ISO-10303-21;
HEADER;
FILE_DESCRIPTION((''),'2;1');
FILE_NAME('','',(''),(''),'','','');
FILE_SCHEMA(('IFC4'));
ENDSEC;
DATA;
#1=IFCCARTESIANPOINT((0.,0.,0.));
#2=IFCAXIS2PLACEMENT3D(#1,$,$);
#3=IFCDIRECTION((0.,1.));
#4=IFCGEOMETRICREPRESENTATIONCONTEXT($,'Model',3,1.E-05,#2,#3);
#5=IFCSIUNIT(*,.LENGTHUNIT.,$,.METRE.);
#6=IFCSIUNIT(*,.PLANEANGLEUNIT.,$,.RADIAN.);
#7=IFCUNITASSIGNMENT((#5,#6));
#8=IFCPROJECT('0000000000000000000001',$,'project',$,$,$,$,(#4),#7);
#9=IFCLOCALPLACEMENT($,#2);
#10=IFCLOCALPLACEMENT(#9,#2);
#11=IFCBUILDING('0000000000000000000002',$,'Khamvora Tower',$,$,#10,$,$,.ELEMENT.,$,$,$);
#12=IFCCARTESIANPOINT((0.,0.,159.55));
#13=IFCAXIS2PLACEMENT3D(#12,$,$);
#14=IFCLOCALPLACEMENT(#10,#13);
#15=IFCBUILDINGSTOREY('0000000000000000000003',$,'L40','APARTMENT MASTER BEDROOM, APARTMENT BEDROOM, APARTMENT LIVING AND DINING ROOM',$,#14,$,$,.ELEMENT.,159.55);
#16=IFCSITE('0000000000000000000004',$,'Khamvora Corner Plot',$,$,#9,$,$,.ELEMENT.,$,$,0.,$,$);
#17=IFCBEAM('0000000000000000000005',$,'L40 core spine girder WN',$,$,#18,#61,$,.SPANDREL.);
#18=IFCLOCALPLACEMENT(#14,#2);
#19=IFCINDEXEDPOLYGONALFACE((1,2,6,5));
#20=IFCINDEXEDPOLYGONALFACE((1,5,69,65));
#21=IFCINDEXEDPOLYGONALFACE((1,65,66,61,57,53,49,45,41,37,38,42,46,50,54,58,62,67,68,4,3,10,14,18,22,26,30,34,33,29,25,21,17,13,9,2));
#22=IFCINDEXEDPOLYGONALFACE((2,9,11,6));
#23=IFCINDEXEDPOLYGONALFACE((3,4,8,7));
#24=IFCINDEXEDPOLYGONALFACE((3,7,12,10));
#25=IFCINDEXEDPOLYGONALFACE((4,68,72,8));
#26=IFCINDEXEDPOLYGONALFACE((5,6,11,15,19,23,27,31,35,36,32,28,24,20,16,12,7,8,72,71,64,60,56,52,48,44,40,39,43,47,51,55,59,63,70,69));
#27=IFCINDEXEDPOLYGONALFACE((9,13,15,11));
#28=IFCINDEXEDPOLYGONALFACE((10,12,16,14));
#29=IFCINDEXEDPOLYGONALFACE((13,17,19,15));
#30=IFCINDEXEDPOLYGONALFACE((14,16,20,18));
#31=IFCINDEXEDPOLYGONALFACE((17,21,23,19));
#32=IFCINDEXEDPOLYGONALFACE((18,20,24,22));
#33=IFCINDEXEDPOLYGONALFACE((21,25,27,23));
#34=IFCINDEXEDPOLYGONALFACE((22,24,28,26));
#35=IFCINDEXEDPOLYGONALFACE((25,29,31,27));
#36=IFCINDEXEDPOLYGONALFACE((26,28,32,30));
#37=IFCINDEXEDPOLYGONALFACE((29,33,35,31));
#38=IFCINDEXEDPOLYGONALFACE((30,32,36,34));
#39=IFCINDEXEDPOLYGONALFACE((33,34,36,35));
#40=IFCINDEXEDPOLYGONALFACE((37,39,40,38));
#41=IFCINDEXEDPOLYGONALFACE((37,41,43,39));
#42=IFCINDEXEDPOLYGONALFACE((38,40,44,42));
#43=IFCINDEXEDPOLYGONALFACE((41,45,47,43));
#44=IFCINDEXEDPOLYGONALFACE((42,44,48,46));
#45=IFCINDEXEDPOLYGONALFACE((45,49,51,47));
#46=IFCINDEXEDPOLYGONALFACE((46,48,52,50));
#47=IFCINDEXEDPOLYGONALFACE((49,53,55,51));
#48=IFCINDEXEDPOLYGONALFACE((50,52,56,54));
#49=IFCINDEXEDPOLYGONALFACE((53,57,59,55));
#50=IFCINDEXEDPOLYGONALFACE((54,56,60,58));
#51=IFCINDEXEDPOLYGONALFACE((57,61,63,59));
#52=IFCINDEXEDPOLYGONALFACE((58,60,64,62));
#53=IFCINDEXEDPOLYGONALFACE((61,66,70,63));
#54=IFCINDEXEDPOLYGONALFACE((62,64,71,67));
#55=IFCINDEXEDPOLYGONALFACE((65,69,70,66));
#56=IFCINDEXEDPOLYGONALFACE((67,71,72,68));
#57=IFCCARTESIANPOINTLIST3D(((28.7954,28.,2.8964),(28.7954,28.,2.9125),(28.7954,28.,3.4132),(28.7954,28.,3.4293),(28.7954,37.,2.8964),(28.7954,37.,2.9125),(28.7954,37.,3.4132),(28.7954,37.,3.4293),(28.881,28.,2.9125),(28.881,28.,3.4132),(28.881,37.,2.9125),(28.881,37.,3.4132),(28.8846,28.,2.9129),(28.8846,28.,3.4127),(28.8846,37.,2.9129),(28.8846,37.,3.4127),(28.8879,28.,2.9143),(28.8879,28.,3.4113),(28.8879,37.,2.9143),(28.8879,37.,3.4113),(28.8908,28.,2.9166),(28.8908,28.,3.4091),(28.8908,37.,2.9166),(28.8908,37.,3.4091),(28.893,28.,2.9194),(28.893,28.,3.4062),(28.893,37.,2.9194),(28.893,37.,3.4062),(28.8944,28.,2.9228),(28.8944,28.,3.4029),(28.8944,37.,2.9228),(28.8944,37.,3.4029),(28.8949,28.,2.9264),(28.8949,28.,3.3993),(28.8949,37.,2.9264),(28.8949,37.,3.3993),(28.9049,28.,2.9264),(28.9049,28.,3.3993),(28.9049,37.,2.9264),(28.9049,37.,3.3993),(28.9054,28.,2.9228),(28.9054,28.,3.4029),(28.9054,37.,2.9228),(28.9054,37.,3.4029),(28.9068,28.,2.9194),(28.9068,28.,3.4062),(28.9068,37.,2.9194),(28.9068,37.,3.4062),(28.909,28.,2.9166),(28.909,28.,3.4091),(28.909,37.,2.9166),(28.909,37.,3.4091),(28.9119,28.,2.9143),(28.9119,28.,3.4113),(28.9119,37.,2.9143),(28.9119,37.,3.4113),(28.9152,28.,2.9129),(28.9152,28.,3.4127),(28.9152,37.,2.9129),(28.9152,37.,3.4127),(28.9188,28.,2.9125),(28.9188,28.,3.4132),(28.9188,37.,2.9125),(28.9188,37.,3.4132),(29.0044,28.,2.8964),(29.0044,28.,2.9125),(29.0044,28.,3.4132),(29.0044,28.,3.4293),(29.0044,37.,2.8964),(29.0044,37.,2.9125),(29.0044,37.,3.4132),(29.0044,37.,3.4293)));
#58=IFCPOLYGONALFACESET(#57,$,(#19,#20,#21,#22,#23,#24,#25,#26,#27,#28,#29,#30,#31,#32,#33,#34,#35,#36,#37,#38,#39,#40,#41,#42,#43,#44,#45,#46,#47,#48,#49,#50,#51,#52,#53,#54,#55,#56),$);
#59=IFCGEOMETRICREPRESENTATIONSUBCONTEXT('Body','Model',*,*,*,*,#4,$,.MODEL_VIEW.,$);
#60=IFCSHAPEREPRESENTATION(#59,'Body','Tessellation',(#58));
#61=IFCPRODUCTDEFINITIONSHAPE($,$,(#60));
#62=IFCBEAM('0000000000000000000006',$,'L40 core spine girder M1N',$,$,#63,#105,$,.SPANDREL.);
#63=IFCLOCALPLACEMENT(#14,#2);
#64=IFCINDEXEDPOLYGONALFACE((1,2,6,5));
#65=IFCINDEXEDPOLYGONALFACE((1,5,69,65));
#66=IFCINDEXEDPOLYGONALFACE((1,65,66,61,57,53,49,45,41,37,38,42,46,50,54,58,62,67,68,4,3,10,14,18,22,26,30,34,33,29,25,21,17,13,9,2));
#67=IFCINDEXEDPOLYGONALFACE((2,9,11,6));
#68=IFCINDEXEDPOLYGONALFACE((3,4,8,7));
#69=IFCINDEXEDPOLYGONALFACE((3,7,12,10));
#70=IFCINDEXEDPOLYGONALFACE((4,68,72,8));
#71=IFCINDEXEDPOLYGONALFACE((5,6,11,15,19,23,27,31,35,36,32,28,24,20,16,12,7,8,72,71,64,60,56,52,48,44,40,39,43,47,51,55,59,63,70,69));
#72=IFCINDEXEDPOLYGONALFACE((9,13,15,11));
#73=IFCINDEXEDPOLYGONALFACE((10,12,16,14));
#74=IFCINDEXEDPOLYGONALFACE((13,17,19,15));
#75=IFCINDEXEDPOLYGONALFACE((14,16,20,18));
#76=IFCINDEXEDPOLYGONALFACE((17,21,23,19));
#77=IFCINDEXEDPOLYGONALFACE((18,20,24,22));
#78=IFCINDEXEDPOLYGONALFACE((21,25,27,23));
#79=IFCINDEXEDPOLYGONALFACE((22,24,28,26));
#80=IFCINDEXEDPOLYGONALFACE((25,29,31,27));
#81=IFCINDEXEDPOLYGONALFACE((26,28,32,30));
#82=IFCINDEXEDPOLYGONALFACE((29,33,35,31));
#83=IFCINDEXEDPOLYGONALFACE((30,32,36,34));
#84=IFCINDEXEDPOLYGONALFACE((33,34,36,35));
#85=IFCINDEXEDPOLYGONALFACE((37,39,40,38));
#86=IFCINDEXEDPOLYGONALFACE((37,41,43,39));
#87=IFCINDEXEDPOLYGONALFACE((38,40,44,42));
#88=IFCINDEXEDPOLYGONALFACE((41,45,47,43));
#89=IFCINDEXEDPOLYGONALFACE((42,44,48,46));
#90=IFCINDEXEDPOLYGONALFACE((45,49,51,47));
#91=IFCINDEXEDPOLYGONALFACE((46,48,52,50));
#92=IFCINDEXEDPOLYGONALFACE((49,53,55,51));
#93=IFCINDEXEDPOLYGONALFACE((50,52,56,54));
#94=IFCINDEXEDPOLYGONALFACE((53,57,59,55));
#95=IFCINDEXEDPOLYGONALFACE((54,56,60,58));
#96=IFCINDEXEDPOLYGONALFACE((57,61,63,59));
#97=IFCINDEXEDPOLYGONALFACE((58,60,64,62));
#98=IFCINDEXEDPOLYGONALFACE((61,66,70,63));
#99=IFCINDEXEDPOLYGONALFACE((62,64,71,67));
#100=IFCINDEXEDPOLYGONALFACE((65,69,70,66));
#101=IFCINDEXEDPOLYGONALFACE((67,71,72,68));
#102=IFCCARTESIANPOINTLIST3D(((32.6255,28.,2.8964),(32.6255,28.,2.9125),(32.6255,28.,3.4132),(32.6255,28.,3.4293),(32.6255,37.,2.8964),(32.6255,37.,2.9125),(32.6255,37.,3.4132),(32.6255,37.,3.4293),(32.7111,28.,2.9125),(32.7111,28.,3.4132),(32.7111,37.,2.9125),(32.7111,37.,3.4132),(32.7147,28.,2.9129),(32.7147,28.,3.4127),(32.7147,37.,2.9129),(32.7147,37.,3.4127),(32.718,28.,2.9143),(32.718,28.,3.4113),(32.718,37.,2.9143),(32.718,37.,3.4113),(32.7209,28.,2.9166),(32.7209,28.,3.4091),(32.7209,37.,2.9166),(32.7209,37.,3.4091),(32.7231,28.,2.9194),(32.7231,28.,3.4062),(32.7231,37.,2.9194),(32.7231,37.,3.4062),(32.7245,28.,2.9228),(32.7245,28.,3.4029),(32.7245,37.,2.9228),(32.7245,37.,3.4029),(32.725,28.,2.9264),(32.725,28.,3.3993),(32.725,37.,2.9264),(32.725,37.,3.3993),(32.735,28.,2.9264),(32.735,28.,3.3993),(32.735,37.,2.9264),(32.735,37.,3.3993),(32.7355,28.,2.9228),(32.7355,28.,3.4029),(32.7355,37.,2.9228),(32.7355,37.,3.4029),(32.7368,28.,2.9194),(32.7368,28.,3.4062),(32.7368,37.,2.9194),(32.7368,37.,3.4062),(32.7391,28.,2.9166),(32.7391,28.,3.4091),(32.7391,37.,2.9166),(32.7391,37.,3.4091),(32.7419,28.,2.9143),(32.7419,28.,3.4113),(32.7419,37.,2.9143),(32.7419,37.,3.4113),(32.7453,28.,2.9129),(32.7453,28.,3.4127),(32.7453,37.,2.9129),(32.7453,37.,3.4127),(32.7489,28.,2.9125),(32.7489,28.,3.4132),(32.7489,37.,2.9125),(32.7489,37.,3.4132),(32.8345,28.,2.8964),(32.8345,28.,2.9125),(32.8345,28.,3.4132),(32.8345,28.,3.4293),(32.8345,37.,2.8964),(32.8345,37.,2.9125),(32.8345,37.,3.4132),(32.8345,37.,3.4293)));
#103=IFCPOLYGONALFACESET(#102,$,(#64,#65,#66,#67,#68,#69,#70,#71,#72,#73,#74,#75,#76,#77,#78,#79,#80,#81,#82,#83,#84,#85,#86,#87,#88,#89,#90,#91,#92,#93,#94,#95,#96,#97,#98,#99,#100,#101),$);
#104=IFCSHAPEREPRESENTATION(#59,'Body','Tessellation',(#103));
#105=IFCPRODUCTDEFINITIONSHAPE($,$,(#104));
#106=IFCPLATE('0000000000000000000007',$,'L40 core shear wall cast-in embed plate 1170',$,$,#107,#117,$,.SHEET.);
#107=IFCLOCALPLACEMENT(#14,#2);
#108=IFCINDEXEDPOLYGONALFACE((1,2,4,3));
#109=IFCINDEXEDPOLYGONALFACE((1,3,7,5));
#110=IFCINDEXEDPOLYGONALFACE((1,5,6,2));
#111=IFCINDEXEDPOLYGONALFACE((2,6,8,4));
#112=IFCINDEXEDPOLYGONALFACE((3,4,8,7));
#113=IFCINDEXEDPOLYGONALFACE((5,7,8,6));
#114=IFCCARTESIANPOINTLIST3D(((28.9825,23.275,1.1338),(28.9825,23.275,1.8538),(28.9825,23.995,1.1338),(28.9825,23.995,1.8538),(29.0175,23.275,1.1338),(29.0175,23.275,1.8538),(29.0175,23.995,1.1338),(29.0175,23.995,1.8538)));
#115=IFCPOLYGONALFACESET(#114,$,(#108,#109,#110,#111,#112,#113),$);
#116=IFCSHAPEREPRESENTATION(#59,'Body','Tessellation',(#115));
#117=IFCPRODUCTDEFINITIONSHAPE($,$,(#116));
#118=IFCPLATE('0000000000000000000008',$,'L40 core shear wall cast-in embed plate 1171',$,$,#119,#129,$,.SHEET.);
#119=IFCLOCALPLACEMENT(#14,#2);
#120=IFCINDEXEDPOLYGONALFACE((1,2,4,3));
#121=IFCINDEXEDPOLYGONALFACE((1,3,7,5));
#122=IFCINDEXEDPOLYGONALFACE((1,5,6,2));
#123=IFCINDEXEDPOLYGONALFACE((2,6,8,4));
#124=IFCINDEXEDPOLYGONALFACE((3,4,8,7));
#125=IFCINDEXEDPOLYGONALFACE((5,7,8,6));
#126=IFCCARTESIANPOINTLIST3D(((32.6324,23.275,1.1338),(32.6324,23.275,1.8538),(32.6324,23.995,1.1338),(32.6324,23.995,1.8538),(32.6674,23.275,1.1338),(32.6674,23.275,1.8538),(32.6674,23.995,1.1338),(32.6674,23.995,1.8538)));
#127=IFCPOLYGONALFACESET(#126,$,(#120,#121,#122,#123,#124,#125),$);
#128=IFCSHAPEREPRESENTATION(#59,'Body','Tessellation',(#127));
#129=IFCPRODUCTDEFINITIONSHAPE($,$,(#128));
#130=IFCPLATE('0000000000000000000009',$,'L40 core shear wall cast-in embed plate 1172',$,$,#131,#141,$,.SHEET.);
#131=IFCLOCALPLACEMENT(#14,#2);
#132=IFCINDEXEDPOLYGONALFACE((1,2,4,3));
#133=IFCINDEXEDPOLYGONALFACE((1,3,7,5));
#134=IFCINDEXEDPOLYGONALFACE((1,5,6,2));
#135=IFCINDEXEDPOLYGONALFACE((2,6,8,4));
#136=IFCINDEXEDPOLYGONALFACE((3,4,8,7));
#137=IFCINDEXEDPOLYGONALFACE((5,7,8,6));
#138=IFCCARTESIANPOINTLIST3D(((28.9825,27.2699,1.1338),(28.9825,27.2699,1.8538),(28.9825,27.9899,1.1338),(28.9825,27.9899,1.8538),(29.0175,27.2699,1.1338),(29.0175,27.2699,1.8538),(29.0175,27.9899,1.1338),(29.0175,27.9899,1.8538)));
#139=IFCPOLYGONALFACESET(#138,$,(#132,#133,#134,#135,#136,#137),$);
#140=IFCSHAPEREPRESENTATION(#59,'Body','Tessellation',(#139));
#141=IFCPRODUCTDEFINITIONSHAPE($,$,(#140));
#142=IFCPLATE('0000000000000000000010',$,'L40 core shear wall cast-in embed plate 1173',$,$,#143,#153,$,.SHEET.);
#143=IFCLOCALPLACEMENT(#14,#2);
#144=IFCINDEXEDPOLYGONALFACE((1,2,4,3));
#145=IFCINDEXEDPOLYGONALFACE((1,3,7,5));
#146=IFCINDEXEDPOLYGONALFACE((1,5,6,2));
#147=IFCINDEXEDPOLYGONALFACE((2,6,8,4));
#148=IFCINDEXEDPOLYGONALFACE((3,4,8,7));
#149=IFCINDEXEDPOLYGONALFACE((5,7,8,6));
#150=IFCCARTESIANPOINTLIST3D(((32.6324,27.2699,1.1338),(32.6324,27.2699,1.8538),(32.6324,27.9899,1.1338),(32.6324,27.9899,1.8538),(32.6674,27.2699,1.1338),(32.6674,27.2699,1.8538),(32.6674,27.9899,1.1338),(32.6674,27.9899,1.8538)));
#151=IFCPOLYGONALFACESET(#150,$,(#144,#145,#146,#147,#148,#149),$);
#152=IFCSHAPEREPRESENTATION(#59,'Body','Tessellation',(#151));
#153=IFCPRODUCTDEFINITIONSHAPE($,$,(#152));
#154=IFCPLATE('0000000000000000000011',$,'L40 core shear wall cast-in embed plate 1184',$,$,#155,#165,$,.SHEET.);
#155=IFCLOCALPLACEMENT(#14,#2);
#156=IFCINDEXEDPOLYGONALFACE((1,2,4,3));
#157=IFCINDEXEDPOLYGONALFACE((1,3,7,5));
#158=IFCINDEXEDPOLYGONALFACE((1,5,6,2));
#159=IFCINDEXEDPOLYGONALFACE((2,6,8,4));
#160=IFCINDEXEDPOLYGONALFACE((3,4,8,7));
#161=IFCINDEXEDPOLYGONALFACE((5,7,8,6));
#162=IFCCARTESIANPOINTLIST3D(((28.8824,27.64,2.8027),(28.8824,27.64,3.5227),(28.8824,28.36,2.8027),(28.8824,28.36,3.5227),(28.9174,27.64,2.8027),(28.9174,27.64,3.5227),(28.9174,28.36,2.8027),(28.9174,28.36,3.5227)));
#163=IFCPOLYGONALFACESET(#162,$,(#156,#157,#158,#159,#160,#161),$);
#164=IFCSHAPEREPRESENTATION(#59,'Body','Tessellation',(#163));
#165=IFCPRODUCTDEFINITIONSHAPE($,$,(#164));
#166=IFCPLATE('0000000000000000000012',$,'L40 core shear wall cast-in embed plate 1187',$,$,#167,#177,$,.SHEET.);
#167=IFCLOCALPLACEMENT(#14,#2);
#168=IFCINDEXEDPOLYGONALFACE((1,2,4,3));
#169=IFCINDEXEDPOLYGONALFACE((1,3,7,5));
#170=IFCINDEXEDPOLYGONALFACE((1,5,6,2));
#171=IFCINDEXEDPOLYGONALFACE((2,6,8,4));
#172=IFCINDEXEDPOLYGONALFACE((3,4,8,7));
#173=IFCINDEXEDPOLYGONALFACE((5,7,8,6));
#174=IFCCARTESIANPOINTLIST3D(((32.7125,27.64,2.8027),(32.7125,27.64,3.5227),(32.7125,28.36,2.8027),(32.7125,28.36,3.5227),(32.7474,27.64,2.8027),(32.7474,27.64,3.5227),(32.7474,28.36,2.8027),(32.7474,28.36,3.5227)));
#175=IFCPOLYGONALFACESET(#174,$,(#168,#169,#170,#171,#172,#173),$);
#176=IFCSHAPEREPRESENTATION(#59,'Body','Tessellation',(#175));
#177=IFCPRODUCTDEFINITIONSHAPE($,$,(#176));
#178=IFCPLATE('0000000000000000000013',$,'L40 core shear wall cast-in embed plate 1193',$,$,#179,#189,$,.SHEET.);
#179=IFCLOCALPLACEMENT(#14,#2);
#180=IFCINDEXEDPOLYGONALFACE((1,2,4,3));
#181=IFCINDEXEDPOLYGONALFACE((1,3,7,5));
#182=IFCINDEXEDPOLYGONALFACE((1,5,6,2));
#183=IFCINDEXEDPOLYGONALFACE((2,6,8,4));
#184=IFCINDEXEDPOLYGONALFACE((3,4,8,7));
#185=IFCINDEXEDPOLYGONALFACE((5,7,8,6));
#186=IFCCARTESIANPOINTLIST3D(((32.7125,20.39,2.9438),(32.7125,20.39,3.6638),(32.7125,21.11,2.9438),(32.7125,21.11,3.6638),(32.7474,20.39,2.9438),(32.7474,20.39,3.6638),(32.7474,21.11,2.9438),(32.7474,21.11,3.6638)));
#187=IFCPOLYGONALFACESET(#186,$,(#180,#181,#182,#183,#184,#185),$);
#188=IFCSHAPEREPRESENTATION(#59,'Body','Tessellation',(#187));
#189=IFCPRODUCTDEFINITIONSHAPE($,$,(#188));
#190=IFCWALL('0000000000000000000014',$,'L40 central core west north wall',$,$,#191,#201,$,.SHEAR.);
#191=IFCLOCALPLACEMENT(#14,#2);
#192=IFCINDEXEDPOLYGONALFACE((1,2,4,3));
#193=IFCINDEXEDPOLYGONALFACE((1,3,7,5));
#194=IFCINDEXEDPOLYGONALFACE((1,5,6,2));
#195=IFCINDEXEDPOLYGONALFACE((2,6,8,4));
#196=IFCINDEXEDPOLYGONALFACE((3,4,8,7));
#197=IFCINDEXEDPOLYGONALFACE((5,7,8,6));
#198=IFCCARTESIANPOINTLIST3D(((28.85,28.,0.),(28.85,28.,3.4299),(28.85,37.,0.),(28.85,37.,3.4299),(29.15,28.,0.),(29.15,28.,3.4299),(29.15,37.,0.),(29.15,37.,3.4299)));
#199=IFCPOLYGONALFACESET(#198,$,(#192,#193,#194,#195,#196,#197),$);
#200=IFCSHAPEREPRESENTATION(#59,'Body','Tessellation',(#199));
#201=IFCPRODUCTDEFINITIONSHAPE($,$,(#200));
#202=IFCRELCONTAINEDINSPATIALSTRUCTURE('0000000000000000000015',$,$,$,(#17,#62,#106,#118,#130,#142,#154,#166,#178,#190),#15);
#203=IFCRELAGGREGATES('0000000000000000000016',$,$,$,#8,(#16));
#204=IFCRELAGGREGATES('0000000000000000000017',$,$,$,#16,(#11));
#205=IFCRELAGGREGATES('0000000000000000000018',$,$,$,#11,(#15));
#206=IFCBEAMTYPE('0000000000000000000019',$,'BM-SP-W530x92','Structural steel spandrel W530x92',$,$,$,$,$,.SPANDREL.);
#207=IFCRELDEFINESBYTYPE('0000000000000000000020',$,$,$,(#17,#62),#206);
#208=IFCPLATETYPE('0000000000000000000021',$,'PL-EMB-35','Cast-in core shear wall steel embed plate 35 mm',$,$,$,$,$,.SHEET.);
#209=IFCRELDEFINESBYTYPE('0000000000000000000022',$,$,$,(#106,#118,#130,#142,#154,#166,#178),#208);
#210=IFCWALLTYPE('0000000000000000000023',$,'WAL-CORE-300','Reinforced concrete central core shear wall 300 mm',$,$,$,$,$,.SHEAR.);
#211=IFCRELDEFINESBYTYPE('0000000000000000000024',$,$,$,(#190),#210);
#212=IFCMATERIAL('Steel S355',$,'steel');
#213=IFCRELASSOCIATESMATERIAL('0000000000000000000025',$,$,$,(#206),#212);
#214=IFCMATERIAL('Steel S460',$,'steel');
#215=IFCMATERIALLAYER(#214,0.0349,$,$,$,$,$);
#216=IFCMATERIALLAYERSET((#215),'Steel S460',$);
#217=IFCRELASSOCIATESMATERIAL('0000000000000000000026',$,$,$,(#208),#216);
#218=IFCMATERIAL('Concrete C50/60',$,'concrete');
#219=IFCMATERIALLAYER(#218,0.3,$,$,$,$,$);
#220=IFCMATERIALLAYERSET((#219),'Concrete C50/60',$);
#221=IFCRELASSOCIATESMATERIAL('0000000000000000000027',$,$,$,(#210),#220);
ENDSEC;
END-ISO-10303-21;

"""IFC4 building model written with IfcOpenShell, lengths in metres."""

from ifc_helpers import new_model, si_unit, direction, frame, frame_2d, origin, origin_2d, place, context, subcontext, project, spatial, rectangle, i_section, extrude, material, layer, layer_set, material_profile, profile_set, type_object, element, save


model = new_model("IFC4")

# Units and contexts
model_context = context("Model", 3, precision=1e-05, world=origin(), true_north=direction((0.0, 1.0)))
body_context = subcontext(model_context, "Body", "Model", "MODEL_VIEW")
ifc_project = project(units=[si_unit("LENGTHUNIT", "METRE"), si_unit("PLANEANGLEUNIT", "RADIAN")], contexts=[model_context])

# Site, building, storey
site_placement = place(None, origin())
site = spatial("IfcSite", under=ifc_project, at=site_placement, Name="Khamvora Corner Plot", CompositionType="ELEMENT", RefElevation=0.0)
building_placement = place(site_placement, origin())
building = spatial("IfcBuilding", under=site, at=building_placement, Name="Khamvora Tower", CompositionType="ELEMENT")
storey_placement = place(building_placement, frame((0.0, 0.0, 159.55)))
storey = spatial("IfcBuildingStorey", under=building, at=storey_placement, Name="L40", Description="APARTMENT MASTER BEDROOM, APARTMENT BEDROOM, APARTMENT LIVING AND DINING ROOM", CompositionType="ELEMENT", Elevation=159.55)

# Shared definitions
ifc_material_1 = material(Name="Steel S460", Category="steel")

# Beams
ifc_material_2 = material(Name="Steel S355", Category="steel")
ifc_material_profile_1 = material_profile(ifc_material_2, i_section(OverallWidth=0.209, OverallDepth=0.533, WebThickness=0.01, FlangeThickness=0.0161, FilletRadius=0.0139, at=origin_2d()), Name="W530x92")
ifc_profile_set_1 = profile_set([ifc_material_profile_1], Name="Steel S355")
beam_type_1 = type_object("IfcBeamType", Name="BM-SP-W530x92", Description="Structural steel spandrel W530x92", PredefinedType="SPANDREL", material=ifc_profile_set_1)
for number, where, z_axis, x_axis, name in (
    (1, (28.8999, 28.0, 3.1628), (0.0, 1.0, 0.0), (-1.0, 0.0, 0.0), "L40 core spine girder WN"),
    (2, (32.73, 28.0, 3.1628), (0.0, 1.0, 0.0), (-1.0, 0.0, 0.0), "L40 core spine girder M1N"),
):
    element("IfcBeam", number, at=place(storey_placement, frame(where, z_axis=z_axis, x_axis=x_axis)), inside=storey, type_object=beam_type_1, Name=name, PredefinedType="SPANDREL", context=body_context, shape_type="SweptSolid", body=[
        extrude(i_section(OverallWidth=0.209, OverallDepth=0.533, WebThickness=0.01, FlangeThickness=0.0161, FilletRadius=0.0139, at=origin_2d()), origin(), (0.0, 0.0, 1.0), 9.0),
    ])

# Plates
ifc_layer_1 = layer(ifc_material_1, 0.0349)
ifc_layer_set_1 = layer_set([ifc_layer_1], Name="Steel S460")
plate_type = type_object("IfcPlateType", Name="PL-EMB-35", Description="Cast-in core shear wall steel embed plate 35 mm", PredefinedType="SHEET", material=ifc_layer_set_1)
for number, where, z_axis, x_axis, name in (
    (3, (29.0, 23.635, 1.1338), (0.0, 0.0, 1.0), (1.0, 0.0, 0.0), "L40 core shear wall cast-in embed plate 1170"),
    (4, (32.6499, 23.635, 1.1338), (0.0, 0.0, 1.0), (1.0, 0.0, 0.0), "L40 core shear wall cast-in embed plate 1171"),
    (5, (29.0, 27.6299, 1.1338), (0.0, 0.0, 1.0), (1.0, 0.0, 0.0), "L40 core shear wall cast-in embed plate 1172"),
    (6, (32.6499, 27.6299, 1.1338), (0.0, 0.0, 1.0), (1.0, 0.0, 0.0), "L40 core shear wall cast-in embed plate 1173"),
    (7, (28.8999, 28.0, 2.8027), (0.0, 0.0, 1.0), (1.0, 0.0, 0.0), "L40 core shear wall cast-in embed plate 1184"),
    (8, (32.73, 28.0, 2.8027), (0.0, 0.0, 1.0), (1.0, 0.0, 0.0), "L40 core shear wall cast-in embed plate 1187"),
    (9, (32.73, 20.75, 2.9438), (0.0, 0.0, 1.0), (1.0, 0.0, 0.0), "L40 core shear wall cast-in embed plate 1193"),
):
    element("IfcPlate", number, at=place(storey_placement, frame(where, z_axis=z_axis, x_axis=x_axis)), inside=storey, type_object=plate_type, Name=name, PredefinedType="SHEET", context=body_context, shape_type="SweptSolid", body=[
        extrude(rectangle(XDim=0.0349, YDim=0.72, at=origin_2d()), origin(), (0.0, 0.0, 1.0), 0.72),
    ])

# Wall
ifc_material_3 = material(Name="Concrete C50/60", Category="concrete")
ifc_layer_2 = layer(ifc_material_3, 0.3)
ifc_layer_set_2 = layer_set([ifc_layer_2], Name="Concrete C50/60")
wall_type_1 = type_object("IfcWallType", Name="WAL-CORE-300", Description="Reinforced concrete central core shear wall 300 mm", PredefinedType="SHEAR", material=ifc_layer_set_2)
wall_1_placement = place(storey_placement, frame((29.0, 28.0, 0.0), z_axis=(0.0, 0.0, 1.0), x_axis=(0.0, 1.0, 0.0)))
element("IfcWall", 10, at=wall_1_placement, inside=storey, type_object=wall_type_1, Name="L40 central core west north wall", PredefinedType="SHEAR", context=body_context, shape_type="SweptSolid", body=[
    extrude(rectangle(XDim=9.0, YDim=0.3, at=frame_2d((4.5, 0.0))), origin(), (0.0, 0.0, 1.0), 3.4299),
])

save(model, "model.ifc")
